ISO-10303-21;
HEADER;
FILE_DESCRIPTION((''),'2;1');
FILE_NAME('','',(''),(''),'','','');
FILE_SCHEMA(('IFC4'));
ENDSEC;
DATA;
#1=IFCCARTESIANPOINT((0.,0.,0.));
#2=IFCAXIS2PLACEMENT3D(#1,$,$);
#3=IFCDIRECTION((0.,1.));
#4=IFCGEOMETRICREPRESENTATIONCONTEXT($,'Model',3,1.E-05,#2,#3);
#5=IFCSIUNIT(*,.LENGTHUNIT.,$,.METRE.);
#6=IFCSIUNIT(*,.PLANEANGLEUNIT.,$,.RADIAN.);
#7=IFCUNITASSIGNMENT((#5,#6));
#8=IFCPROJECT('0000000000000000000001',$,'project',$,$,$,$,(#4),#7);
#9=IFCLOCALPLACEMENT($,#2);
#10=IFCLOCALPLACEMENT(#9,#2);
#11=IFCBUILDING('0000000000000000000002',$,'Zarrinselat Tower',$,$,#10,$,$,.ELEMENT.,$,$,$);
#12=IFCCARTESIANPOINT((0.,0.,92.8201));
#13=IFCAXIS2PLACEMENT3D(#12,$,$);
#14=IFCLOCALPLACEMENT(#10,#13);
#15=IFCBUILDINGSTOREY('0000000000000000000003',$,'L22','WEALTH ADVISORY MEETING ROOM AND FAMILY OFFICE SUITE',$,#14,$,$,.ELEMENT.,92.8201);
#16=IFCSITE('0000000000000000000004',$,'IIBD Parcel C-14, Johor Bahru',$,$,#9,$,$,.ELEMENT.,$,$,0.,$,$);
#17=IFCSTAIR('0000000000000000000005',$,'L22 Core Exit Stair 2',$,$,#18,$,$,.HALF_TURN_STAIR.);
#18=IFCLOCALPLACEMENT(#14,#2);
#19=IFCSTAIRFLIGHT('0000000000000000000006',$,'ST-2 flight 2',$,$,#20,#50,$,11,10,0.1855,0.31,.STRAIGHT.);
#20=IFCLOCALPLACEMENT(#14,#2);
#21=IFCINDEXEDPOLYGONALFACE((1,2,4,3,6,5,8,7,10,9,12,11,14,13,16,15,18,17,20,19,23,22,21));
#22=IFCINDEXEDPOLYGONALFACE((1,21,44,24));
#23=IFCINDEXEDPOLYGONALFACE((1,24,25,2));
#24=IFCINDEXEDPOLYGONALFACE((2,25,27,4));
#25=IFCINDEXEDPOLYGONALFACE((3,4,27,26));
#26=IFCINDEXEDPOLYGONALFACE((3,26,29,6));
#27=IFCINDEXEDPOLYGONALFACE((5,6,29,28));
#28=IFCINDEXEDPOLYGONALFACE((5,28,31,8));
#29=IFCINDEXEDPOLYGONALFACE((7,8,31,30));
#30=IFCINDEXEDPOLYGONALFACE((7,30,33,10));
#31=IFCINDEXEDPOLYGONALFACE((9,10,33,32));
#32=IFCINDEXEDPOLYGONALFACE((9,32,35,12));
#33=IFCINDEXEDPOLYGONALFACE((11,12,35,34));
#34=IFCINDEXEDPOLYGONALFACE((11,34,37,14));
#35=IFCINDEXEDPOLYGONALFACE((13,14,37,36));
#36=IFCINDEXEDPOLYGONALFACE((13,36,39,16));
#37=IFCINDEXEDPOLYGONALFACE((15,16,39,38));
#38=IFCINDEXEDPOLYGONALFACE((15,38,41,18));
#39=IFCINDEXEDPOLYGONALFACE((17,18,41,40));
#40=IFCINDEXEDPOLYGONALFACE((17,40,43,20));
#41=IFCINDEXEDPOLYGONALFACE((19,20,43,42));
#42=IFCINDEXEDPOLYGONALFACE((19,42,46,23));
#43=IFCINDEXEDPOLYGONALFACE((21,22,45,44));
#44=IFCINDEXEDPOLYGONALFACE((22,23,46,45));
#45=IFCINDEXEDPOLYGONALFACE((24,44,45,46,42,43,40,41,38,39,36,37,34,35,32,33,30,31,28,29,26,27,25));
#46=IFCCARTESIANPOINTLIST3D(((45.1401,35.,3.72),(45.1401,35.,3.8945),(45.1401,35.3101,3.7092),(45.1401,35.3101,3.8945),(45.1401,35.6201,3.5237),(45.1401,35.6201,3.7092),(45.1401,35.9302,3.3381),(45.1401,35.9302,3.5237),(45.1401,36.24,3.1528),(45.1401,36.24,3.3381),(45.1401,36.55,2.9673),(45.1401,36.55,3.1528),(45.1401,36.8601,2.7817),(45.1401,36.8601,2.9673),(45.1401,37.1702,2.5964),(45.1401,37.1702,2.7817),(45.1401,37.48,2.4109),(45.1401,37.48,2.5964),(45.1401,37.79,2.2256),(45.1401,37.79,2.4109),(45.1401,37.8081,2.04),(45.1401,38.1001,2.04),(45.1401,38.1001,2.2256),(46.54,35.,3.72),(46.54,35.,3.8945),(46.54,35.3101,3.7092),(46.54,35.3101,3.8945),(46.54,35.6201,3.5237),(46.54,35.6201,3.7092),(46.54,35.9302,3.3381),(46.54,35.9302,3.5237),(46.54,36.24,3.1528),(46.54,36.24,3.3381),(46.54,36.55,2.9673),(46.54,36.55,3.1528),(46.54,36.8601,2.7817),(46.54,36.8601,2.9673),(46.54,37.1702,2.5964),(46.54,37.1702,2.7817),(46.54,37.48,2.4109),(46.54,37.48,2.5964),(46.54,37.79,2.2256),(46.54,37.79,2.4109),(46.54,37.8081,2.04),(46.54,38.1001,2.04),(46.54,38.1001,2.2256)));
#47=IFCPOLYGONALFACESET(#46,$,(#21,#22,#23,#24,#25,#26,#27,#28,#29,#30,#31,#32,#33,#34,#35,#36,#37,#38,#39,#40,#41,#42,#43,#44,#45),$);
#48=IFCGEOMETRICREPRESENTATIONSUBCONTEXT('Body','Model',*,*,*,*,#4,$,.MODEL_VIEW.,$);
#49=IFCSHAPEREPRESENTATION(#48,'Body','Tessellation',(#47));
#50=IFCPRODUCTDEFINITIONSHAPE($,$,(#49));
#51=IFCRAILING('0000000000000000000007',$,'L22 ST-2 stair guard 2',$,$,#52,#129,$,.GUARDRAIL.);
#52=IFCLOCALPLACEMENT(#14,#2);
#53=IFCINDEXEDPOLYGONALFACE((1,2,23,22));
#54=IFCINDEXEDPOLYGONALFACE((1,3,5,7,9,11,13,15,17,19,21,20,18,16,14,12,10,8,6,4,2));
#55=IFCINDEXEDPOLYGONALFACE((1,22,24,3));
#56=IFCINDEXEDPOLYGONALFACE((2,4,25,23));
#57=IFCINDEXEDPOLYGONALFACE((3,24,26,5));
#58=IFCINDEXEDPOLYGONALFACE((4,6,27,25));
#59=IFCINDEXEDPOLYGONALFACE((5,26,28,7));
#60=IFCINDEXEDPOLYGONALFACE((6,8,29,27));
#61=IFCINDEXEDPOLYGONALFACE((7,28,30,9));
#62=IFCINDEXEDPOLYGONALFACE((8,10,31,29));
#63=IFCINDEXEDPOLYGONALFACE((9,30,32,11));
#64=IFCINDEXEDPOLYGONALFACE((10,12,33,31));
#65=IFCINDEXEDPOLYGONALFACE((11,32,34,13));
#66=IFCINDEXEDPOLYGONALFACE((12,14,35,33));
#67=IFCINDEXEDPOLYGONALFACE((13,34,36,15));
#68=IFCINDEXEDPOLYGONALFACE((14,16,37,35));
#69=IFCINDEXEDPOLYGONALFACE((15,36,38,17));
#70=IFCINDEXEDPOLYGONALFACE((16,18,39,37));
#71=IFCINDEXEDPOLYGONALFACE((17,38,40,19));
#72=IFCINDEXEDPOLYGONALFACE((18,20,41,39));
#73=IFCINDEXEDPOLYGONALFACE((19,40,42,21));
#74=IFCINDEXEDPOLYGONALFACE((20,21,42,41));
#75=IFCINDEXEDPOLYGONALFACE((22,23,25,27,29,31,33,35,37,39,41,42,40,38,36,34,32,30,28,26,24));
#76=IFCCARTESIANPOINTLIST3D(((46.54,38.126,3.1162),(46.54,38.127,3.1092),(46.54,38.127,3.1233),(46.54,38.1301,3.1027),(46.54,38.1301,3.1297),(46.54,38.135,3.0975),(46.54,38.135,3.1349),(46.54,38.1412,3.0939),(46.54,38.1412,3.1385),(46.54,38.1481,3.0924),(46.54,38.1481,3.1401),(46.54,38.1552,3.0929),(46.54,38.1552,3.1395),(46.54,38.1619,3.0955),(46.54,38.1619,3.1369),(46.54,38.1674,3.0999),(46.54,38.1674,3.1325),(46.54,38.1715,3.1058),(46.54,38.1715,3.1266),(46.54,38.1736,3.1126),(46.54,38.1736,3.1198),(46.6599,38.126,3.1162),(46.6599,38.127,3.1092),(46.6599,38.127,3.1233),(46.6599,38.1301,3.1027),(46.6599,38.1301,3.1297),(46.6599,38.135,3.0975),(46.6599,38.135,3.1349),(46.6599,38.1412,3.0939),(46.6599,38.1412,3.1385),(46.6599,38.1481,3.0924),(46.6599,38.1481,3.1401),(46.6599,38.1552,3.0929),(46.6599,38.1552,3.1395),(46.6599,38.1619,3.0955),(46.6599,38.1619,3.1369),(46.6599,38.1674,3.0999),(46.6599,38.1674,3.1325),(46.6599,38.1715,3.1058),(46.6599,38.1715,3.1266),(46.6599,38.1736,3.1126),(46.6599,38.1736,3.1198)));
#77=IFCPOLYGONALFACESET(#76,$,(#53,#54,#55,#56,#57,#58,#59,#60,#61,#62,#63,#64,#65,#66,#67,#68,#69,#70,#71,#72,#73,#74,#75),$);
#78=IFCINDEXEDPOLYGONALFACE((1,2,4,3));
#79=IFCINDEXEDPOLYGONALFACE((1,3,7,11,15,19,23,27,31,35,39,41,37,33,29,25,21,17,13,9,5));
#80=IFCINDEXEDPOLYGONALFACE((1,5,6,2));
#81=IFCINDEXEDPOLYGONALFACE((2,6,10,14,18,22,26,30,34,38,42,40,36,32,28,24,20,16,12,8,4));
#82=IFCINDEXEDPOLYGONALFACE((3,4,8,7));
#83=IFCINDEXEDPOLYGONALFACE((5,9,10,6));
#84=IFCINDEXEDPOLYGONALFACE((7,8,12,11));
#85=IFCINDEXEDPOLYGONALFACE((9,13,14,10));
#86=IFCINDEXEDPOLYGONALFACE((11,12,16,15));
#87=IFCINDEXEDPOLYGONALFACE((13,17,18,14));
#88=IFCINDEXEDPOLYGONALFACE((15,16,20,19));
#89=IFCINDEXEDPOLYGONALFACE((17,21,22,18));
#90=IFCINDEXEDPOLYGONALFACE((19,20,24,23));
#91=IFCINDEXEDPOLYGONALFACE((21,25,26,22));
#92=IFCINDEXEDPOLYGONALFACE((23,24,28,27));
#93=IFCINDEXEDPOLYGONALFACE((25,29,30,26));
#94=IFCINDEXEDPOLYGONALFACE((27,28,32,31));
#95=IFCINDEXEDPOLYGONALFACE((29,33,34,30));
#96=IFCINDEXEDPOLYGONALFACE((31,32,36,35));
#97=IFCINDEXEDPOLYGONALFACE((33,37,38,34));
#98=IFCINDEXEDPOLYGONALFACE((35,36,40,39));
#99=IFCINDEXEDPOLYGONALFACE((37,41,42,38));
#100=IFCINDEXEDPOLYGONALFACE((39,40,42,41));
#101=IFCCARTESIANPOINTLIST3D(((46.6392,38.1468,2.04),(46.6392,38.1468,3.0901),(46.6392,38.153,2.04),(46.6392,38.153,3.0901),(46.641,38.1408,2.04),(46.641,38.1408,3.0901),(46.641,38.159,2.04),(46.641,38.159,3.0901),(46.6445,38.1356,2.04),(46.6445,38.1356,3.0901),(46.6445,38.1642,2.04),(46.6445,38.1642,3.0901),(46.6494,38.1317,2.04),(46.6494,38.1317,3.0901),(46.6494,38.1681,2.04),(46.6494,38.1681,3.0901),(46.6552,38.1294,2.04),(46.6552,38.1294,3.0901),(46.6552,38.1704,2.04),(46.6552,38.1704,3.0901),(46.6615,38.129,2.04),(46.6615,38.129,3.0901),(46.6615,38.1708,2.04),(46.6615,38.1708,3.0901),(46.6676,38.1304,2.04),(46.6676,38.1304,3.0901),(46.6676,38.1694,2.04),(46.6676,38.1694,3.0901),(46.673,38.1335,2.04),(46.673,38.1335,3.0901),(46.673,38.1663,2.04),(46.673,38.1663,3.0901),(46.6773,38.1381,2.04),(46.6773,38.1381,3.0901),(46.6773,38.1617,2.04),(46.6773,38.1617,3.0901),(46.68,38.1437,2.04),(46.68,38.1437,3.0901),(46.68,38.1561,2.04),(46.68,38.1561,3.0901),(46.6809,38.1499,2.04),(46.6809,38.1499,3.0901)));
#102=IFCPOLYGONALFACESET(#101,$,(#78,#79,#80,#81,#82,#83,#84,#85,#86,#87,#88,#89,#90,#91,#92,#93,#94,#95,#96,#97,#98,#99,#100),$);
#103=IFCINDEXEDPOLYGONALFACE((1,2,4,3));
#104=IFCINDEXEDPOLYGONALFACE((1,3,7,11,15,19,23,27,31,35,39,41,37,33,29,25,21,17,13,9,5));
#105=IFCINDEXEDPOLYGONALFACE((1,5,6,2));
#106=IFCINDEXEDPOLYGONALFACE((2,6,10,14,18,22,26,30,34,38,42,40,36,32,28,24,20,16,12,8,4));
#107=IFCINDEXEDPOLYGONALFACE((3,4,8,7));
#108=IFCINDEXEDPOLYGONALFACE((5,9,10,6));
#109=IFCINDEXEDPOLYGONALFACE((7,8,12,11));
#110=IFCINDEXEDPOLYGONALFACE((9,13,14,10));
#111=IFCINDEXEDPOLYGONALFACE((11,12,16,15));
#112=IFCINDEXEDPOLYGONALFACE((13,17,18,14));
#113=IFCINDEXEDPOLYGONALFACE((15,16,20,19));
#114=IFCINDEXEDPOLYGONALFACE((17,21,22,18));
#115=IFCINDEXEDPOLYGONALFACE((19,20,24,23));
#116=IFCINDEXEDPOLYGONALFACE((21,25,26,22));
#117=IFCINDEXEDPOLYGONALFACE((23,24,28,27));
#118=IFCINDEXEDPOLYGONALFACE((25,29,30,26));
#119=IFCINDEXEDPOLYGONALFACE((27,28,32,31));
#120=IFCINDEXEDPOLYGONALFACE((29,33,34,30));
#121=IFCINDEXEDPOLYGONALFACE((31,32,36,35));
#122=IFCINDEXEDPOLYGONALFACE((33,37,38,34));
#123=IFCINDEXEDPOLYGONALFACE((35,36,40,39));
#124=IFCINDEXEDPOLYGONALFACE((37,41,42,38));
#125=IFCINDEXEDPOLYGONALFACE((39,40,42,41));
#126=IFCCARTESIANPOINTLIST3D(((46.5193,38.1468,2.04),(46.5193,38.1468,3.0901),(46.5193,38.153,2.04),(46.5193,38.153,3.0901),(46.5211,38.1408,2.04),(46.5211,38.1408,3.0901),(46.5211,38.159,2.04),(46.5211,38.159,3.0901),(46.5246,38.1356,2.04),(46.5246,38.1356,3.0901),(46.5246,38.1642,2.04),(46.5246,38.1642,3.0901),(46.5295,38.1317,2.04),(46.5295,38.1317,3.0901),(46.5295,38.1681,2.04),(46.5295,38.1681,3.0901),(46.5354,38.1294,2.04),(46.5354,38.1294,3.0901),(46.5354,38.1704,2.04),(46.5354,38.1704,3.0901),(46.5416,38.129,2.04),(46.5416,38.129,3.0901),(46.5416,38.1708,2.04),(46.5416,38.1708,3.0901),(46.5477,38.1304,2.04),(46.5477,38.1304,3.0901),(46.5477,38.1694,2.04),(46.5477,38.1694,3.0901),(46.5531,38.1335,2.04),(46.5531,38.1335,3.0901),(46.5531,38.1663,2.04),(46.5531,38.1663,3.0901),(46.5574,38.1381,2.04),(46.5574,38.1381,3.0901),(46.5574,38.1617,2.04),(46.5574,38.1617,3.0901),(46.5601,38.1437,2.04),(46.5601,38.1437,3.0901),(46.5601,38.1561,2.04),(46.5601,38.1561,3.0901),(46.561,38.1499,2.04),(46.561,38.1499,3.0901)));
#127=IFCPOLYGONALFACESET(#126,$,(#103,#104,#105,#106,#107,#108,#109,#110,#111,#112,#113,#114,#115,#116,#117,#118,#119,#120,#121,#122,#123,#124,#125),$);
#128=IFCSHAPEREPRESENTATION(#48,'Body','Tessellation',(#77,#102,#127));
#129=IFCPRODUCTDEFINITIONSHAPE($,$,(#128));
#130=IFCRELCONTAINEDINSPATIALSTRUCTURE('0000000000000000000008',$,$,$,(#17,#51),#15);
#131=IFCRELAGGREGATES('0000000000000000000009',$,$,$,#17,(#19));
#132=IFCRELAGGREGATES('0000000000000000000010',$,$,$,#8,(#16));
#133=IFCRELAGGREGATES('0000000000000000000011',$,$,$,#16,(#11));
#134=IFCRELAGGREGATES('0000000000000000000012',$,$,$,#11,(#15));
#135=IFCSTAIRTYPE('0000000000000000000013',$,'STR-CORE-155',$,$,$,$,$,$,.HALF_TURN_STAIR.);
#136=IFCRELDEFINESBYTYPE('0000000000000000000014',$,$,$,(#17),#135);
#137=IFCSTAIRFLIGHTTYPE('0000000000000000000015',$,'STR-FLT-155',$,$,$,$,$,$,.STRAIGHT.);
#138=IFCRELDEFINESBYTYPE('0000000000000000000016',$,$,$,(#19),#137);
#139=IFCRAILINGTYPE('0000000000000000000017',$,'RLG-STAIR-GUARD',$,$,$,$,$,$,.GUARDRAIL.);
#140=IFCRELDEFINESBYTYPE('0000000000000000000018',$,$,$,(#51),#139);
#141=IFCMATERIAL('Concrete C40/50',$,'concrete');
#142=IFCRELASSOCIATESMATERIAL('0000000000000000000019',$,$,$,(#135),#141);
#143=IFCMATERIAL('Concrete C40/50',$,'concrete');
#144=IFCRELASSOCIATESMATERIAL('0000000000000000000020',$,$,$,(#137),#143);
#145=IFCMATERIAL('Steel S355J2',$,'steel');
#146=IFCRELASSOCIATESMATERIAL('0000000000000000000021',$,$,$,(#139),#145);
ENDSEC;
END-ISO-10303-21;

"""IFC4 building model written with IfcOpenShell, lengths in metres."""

from ifc_helpers import new_model, si_unit, direction, frame, origin, origin_2d, place, context, subcontext, project, spatial, polyline, circle, outline, extrude, material, type_object, element, aggregate, save


model = new_model("IFC4")

# Units and contexts
model_context = context("Model", 3, precision=1e-05, world=origin(), true_north=direction((0.0, 1.0)))
body_context = subcontext(model_context, "Body", "Model", "MODEL_VIEW")
ifc_project = project(units=[si_unit("LENGTHUNIT", "METRE"), si_unit("PLANEANGLEUNIT", "RADIAN")], contexts=[model_context])

# Site, building, storey
site_placement = place(None, origin())
site = spatial("IfcSite", under=ifc_project, at=site_placement, Name="IIBD Parcel C-14, Johor Bahru", CompositionType="ELEMENT", RefElevation=0.0)
building_placement = place(site_placement, origin())
building = spatial("IfcBuilding", under=site, at=building_placement, Name="Zarrinselat Tower", CompositionType="ELEMENT")
storey_placement = place(building_placement, frame((0.0, 0.0, 92.8201)))
storey = spatial("IfcBuildingStorey", under=building, at=storey_placement, Name="L22", Description="WEALTH ADVISORY MEETING ROOM AND FAMILY OFFICE SUITE", CompositionType="ELEMENT", Elevation=92.8201)

# Stair, stair flight
ifc_material_1 = material(Name="Concrete C40/50", Category="concrete")
stair_type = type_object("IfcStairType", Name="STR-CORE-155", PredefinedType="HALF_TURN_STAIR", material=ifc_material_1)
stair_placement = place(storey_placement, origin())
stair = element("IfcStair", 1, at=stair_placement, inside=storey, type_object=stair_type, Name="L22 Core Exit Stair 2", PredefinedType="HALF_TURN_STAIR")
ifc_material_2 = material(Name="Concrete C40/50", Category="concrete")
stair_flight_type = type_object("IfcStairFlightType", Name="STR-FLT-155", PredefinedType="STRAIGHT", material=ifc_material_2)
stair_flight_placement = place(storey_placement, frame((45.8401, 38.1001, 2.04), z_axis=(0.0, 0.0, 1.0), x_axis=(0.0, -1.0, 0.0)))
stair_flight = element("IfcStairFlight", 2, at=stair_flight_placement, type_object=stair_flight_type, Name="ST-2 flight 2", NumberOfRisers=11, NumberOfTreads=10, PredefinedType="STRAIGHT", RiserHeight=0.1855, TreadLength=0.31, context=body_context, shape_type="SweptSolid", body=[
    extrude(outline(polyline([(0.0, 0.0), (0.0, 0.1855), (0.3101, 0.1855), (0.3101, 0.3708), (0.6201, 0.3708), (0.6201, 0.5564), (0.9299, 0.5564), (0.9299, 0.7417), (1.24, 0.7417), (1.24, 0.9272), (1.55, 0.9272), (1.55, 1.1128), (1.8601, 1.1128), (1.8601, 1.2981), (2.1699, 1.2981), (2.1699, 1.4836), (2.48, 1.4836), (2.48, 1.6692), (2.79, 1.6692), (2.79, 1.8545), (3.1001, 1.8545), (3.1001, 2.04), (3.1001, 1.6799), (0.292, 0.0), (0.0, 0.0)])), frame((0.0, 0.7, 0.0), z_axis=(0.0, -1.0, 0.0), x_axis=(1.0, 0.0, 0.0)), (0.0, 0.0, 1.0), 1.3999),
])
aggregate(stair, [stair_flight])

# Railing
ifc_material_3 = material(Name="Steel S355J2", Category="steel")
railing_type_1 = type_object("IfcRailingType", Name="RLG-STAIR-GUARD", PredefinedType="GUARDRAIL", material=ifc_material_3)
railing_1_placement = place(storey_placement, frame((46.6599, 38.1499, 2.04)))
element("IfcRailing", 3, at=railing_1_placement, inside=storey, type_object=railing_type_1, Name="L22 ST-2 stair guard 2", PredefinedType="GUARDRAIL", context=body_context, shape_type="SweptSolid", body=[
    extrude(circle(Radius=0.0239, at=origin_2d()), frame((0.0, 0.0, 1.0762), z_axis=(-1.0, 0.0, 0.0), x_axis=(0.0, -1.0, 0.0)), (0.0, 0.0, 1.0), 0.1199),
    extrude(circle(Radius=0.021, at=origin_2d()), origin(), (0.0, 0.0, 1.0), 1.05),
    extrude(circle(Radius=0.021, at=origin_2d()), frame((-0.1199, 0.0, 0.0)), (0.0, 0.0, 1.0), 1.05),
])

save(model, "model.ifc")
